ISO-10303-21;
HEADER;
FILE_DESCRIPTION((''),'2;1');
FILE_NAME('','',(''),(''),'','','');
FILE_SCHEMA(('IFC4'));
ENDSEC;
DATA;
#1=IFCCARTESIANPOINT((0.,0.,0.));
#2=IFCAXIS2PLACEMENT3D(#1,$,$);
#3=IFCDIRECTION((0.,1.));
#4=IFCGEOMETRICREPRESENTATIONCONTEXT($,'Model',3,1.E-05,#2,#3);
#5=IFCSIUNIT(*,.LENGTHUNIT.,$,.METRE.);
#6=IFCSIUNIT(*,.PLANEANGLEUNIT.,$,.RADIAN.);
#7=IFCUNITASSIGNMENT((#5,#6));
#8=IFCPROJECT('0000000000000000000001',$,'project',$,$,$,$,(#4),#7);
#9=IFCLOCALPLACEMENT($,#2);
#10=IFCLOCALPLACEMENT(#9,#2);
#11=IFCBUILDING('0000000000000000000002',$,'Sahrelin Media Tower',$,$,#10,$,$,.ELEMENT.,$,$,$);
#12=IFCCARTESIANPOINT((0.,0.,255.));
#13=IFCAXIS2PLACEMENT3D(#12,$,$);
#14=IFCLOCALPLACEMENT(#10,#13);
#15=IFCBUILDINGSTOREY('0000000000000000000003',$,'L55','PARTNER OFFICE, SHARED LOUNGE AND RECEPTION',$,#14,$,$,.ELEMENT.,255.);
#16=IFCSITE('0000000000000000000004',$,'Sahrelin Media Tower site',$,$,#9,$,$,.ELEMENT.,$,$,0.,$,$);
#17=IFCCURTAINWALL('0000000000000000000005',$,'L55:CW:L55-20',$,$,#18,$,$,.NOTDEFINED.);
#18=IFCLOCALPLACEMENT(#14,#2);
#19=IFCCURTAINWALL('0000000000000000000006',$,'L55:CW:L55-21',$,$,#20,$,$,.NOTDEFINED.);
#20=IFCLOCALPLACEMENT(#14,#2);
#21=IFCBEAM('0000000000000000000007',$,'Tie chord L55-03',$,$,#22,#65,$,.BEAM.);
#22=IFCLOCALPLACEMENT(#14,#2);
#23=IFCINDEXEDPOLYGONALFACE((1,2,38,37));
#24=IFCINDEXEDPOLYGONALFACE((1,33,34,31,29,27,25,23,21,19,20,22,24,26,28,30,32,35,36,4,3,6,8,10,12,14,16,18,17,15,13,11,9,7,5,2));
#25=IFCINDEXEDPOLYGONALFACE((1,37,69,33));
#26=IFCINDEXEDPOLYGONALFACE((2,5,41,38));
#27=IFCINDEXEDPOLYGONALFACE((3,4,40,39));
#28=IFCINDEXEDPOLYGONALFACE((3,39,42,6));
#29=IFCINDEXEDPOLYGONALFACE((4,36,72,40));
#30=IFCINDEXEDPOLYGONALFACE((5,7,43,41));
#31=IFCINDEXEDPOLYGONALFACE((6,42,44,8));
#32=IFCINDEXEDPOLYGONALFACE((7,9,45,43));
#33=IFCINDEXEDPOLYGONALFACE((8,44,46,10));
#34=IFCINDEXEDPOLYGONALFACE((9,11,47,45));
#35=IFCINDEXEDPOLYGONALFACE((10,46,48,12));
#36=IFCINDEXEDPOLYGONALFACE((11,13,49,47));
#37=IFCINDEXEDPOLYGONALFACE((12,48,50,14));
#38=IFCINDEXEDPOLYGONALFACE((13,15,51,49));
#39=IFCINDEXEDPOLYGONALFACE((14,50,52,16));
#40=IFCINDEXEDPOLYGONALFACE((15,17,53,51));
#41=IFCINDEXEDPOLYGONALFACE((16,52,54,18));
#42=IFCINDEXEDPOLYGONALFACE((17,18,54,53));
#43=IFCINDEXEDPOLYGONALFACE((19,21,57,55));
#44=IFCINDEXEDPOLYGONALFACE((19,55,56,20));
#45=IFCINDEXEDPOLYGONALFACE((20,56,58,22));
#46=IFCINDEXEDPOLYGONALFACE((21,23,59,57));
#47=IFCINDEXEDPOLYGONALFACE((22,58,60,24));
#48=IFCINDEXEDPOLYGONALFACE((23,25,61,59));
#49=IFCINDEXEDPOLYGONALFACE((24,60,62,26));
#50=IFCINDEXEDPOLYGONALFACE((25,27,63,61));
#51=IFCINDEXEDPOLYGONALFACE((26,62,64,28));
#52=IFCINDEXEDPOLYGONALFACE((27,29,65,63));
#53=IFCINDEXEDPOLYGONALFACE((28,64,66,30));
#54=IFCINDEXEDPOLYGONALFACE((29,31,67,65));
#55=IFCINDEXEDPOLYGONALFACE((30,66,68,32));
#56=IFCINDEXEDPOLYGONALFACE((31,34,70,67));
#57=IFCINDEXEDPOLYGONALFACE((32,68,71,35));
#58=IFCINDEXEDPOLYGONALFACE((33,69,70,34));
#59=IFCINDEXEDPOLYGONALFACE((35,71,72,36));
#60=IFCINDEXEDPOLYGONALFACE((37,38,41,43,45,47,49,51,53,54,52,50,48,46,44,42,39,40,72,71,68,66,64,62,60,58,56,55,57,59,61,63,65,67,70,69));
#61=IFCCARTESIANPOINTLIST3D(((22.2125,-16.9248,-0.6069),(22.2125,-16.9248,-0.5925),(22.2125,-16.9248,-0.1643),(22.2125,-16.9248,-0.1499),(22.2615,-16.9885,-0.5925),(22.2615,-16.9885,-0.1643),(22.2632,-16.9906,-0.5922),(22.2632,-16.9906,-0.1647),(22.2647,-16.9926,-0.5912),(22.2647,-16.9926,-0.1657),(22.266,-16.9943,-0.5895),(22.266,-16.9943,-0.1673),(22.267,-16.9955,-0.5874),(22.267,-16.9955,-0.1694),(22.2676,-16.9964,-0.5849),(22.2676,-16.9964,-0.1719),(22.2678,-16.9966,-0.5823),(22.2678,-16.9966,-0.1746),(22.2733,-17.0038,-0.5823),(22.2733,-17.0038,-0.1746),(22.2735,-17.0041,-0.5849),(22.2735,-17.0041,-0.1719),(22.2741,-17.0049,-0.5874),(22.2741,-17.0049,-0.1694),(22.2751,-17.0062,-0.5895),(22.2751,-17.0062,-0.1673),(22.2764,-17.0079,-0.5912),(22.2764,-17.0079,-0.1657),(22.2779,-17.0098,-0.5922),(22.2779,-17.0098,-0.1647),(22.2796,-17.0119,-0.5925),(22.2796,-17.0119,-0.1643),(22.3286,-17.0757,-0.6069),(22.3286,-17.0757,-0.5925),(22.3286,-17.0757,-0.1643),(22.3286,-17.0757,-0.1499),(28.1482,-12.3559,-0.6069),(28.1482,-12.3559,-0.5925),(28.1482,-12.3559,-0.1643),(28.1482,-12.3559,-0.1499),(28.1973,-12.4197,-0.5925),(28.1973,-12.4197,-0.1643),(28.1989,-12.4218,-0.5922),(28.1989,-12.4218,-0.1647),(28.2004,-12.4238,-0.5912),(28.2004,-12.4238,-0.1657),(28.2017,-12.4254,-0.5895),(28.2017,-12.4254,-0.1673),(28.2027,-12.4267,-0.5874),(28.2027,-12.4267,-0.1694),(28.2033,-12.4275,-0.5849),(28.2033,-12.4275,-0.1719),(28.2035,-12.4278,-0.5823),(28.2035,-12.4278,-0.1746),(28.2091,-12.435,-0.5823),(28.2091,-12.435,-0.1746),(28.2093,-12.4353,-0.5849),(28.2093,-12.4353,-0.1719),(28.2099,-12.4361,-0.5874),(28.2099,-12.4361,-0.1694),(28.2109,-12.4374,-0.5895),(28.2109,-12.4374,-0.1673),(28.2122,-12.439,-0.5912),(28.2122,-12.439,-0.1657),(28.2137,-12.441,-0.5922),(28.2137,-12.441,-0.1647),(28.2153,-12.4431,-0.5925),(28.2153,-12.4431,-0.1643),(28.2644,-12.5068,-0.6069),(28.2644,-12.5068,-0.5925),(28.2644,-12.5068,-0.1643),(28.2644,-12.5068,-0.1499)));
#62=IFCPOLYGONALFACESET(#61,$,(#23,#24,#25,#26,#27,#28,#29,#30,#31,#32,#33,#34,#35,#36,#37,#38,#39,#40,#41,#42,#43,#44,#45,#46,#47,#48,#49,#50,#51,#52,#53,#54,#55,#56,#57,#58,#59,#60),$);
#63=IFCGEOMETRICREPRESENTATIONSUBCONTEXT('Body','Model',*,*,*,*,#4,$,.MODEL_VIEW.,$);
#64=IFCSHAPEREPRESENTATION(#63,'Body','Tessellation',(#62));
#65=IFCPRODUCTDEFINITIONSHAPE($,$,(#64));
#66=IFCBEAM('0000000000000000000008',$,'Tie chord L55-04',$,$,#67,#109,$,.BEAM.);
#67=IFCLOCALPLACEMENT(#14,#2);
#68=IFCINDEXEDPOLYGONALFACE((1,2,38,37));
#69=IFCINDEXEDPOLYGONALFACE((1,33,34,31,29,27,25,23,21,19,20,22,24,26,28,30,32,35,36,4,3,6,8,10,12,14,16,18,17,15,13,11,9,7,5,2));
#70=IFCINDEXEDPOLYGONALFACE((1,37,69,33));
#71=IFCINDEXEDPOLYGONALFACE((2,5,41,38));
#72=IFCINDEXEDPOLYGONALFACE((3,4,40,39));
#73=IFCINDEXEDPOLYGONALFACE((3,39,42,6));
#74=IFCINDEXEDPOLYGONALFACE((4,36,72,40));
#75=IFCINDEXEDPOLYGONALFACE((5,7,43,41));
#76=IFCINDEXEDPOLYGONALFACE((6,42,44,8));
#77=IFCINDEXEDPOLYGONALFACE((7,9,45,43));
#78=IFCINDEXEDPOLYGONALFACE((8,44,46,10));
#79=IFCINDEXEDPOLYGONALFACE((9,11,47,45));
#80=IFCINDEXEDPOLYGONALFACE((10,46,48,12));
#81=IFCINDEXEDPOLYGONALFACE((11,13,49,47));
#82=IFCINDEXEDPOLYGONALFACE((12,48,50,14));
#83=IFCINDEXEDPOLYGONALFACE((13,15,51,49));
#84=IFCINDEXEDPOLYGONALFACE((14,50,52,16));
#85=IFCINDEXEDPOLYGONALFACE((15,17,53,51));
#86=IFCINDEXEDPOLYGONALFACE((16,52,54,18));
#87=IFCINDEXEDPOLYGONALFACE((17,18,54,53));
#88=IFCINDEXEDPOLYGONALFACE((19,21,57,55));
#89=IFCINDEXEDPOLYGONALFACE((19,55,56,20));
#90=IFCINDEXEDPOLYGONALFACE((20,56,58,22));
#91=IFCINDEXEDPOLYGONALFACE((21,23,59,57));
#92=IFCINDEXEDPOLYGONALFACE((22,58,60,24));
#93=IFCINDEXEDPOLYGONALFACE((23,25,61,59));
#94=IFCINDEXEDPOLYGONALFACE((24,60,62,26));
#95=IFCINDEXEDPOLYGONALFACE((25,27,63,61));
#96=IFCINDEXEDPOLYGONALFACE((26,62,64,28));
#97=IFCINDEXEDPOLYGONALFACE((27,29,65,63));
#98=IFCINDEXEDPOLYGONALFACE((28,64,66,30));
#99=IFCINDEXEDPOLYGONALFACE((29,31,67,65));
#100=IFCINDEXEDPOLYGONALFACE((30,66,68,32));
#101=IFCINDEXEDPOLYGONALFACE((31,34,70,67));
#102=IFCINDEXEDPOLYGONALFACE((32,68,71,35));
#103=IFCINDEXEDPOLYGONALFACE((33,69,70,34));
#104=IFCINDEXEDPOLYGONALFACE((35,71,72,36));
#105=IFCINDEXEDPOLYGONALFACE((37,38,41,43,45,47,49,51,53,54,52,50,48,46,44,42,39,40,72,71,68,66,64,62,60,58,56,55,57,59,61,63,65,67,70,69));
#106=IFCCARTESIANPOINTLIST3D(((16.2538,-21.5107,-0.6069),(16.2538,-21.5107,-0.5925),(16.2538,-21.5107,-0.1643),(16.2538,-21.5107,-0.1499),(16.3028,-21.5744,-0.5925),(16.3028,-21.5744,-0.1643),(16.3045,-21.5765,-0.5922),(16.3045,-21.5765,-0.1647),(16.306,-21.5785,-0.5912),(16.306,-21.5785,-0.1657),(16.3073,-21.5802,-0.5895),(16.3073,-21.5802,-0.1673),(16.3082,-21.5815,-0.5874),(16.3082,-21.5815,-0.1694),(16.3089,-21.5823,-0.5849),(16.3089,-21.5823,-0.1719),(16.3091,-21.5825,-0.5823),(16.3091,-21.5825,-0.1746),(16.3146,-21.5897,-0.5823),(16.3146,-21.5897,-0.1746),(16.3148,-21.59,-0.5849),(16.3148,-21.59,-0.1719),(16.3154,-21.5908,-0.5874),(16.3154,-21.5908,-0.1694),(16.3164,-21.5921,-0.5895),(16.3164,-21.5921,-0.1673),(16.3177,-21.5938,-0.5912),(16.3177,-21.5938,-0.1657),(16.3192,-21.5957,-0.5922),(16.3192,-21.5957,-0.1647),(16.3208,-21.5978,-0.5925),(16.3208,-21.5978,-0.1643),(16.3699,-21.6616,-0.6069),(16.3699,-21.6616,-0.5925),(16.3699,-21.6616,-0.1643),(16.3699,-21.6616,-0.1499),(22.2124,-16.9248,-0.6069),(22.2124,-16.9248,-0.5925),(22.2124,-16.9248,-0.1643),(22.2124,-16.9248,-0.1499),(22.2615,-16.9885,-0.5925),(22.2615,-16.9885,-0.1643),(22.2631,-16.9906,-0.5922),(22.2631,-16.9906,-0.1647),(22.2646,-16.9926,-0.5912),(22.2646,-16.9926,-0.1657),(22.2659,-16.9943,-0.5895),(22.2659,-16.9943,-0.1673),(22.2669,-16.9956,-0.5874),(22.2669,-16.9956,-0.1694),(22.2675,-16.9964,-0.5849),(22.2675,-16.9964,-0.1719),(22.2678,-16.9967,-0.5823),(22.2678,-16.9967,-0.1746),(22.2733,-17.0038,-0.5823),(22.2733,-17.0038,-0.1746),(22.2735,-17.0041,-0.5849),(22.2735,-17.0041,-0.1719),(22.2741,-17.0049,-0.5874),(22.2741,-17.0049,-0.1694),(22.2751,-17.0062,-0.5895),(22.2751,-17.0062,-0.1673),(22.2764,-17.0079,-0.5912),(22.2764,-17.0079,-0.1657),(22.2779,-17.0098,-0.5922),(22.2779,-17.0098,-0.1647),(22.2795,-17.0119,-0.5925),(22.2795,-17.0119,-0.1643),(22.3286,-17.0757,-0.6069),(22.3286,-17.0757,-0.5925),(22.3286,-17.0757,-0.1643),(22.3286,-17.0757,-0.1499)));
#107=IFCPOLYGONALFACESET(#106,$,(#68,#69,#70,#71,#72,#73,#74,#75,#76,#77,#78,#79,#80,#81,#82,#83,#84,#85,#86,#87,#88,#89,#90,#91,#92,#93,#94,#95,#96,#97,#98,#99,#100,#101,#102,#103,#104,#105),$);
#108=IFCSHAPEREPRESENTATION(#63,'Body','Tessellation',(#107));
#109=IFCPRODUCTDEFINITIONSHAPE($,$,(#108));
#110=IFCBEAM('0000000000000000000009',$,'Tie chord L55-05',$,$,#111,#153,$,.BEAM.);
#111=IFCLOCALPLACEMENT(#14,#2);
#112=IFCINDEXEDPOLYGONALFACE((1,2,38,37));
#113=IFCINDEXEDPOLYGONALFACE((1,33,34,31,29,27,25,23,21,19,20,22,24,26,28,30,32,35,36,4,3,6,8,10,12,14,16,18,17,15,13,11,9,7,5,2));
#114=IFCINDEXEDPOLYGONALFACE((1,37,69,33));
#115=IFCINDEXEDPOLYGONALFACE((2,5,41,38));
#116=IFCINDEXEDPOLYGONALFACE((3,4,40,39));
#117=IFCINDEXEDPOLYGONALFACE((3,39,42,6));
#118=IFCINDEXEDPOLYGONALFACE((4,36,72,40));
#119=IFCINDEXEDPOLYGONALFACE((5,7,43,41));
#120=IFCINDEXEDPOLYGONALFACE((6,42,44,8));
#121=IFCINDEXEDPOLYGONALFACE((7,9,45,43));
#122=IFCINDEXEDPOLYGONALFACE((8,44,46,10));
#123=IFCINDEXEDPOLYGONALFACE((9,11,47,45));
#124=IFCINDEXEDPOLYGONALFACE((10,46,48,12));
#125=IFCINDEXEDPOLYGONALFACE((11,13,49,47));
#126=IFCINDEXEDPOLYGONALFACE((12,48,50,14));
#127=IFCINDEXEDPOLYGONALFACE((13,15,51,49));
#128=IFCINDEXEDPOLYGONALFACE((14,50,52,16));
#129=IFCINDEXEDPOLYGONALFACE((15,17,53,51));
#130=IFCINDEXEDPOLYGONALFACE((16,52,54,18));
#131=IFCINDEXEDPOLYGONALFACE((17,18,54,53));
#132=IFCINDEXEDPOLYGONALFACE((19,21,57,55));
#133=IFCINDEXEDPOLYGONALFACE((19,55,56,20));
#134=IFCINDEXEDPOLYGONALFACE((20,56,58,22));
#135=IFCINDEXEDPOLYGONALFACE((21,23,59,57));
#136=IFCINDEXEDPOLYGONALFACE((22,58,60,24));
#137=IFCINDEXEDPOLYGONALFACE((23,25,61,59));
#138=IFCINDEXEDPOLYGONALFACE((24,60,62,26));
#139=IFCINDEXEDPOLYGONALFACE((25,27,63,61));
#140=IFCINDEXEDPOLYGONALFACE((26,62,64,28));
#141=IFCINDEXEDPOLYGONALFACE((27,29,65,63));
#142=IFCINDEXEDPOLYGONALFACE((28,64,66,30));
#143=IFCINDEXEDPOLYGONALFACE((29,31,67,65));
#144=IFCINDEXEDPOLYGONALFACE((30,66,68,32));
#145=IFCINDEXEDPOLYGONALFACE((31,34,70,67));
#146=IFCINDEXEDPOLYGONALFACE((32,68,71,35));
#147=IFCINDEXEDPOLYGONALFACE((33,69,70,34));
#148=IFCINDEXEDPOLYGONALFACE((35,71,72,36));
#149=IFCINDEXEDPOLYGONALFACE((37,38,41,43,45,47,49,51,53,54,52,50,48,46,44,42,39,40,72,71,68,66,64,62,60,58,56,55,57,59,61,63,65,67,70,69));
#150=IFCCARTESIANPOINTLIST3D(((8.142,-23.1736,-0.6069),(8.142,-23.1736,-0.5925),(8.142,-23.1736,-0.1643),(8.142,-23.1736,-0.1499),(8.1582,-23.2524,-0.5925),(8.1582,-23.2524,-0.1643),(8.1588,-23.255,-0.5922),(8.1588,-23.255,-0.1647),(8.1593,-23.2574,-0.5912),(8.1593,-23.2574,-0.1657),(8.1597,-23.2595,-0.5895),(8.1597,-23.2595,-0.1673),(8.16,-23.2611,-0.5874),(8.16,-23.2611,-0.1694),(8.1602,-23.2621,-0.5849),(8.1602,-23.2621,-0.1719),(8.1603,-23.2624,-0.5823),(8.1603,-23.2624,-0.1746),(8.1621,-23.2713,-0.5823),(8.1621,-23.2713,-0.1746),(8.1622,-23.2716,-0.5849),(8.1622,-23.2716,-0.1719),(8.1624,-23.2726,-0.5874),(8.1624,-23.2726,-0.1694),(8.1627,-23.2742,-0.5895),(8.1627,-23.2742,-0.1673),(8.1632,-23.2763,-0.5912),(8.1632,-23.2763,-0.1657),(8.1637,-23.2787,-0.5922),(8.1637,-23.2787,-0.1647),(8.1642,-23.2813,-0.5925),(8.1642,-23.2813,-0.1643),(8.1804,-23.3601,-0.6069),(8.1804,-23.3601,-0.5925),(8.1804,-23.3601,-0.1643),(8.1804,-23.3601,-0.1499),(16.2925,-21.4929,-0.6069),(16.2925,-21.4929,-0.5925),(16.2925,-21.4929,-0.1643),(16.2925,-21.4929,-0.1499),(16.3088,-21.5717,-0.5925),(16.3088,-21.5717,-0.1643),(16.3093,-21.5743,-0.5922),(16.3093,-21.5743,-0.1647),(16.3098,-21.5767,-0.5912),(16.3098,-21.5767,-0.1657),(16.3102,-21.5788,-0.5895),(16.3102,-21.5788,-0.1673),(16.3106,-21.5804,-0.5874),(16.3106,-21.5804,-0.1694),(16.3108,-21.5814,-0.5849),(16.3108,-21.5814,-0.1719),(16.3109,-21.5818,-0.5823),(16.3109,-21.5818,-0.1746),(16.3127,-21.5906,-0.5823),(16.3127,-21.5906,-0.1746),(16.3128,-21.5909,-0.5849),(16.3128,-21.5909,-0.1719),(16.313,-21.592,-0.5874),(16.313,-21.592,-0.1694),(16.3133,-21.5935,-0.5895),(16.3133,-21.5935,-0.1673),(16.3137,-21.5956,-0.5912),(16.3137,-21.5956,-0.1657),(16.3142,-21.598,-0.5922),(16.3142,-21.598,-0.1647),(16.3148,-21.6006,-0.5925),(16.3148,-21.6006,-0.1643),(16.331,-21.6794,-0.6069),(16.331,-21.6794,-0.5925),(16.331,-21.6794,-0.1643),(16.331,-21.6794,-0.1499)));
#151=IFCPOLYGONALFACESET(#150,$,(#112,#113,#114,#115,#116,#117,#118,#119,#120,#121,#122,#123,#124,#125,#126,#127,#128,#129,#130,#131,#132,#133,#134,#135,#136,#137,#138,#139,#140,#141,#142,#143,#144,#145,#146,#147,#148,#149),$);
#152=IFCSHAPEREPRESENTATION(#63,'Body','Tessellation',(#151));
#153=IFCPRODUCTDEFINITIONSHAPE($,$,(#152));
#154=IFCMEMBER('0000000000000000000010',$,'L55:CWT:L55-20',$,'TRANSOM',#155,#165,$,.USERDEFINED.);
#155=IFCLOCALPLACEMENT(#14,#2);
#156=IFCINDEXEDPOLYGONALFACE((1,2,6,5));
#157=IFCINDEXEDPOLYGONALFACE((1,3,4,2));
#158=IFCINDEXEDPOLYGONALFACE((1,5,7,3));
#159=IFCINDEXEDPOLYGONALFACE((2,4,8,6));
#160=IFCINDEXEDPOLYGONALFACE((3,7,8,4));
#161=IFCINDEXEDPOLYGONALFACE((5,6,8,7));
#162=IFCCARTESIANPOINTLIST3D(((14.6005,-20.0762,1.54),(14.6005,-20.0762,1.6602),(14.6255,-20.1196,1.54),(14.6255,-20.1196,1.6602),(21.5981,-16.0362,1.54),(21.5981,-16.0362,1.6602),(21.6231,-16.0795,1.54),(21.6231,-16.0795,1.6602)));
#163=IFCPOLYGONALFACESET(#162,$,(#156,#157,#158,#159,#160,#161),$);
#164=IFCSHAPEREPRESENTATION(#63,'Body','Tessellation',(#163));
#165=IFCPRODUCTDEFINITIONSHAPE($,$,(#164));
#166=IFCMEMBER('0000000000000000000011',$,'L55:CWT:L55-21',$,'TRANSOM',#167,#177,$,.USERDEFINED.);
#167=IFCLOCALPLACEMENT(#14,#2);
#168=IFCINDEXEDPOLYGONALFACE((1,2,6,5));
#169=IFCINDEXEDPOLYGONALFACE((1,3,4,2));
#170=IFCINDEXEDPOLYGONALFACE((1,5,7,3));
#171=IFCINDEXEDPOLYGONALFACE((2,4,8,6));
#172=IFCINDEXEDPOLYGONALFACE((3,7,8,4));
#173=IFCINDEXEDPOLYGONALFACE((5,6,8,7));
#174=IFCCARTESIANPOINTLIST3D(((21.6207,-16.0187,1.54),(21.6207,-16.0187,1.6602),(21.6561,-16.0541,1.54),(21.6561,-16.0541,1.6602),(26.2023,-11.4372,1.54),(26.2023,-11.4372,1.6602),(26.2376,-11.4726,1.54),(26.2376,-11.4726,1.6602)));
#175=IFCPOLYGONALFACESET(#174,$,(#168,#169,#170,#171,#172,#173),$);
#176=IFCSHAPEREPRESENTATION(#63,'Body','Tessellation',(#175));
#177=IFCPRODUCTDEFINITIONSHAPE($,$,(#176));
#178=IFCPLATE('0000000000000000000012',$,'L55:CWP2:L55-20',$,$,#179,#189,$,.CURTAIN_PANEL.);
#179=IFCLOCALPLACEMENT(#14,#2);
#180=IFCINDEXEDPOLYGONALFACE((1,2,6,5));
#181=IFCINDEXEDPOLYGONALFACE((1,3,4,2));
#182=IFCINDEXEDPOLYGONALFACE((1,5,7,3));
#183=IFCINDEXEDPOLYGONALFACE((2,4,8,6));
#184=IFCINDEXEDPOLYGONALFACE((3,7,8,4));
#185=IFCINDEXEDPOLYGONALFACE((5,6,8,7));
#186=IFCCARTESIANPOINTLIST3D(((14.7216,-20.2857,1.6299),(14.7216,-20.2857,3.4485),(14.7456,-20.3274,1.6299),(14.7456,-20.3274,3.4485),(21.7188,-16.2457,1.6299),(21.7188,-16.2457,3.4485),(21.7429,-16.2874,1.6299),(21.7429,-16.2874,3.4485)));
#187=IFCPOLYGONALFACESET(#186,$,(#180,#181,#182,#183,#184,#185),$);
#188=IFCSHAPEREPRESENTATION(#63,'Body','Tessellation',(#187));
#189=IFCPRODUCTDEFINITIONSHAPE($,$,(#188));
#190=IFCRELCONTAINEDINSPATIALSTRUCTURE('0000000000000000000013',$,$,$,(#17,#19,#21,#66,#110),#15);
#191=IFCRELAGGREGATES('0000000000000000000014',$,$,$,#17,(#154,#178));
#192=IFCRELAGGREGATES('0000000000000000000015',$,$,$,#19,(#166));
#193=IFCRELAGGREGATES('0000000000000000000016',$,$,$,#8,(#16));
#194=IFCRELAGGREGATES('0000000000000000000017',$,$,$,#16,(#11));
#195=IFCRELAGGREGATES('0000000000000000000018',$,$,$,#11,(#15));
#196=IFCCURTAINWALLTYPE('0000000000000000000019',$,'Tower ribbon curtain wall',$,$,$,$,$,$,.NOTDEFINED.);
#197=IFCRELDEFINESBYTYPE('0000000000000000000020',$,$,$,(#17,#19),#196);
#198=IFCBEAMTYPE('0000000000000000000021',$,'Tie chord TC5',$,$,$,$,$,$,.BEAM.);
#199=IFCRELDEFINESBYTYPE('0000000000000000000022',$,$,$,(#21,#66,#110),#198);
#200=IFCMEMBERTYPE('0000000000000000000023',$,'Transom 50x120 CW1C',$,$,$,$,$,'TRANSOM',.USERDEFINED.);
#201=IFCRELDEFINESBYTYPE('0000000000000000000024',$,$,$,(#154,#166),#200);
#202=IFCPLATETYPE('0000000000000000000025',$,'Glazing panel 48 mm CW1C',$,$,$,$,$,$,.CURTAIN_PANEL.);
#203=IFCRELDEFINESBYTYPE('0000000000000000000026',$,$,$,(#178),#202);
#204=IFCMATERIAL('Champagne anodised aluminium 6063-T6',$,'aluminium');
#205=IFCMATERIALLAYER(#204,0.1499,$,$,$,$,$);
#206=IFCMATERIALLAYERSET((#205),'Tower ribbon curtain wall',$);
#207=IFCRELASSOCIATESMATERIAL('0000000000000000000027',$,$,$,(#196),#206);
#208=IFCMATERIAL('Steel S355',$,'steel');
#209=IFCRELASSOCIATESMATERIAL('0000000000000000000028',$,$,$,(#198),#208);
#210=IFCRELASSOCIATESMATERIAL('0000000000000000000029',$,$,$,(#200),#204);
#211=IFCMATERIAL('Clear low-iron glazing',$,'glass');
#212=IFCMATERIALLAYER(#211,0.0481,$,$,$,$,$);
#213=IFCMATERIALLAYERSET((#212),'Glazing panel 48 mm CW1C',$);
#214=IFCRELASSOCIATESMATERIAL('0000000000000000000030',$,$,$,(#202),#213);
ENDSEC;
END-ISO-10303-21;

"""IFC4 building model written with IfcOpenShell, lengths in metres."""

from ifc_helpers import new_model, si_unit, direction, frame, origin, origin_2d, place, context, subcontext, project, spatial, polyline, rectangle, i_section, outline, extrude, material, layer, layer_set, material_profile, profile_set, type_object, element, aggregate, save


model = new_model("IFC4")

# Units and contexts
model_context = context("Model", 3, precision=1e-05, world=origin(), true_north=direction((0.0, 1.0)))
body_context = subcontext(model_context, "Body", "Model", "MODEL_VIEW")
ifc_project = project(units=[si_unit("LENGTHUNIT", "METRE"), si_unit("PLANEANGLEUNIT", "RADIAN")], contexts=[model_context])

# Site, building, storey
site_placement = place(None, origin())
site = spatial("IfcSite", under=ifc_project, at=site_placement, Name="Sahrelin Media Tower site", CompositionType="ELEMENT", RefElevation=0.0)
building_placement = place(site_placement, origin())
building = spatial("IfcBuilding", under=site, at=building_placement, Name="Sahrelin Media Tower", CompositionType="ELEMENT")
storey_placement = place(building_placement, frame((0.0, 0.0, 255.0)))
storey = spatial("IfcBuildingStorey", under=building, at=storey_placement, Name="L55", Description="PARTNER OFFICE, SHARED LOUNGE AND RECEPTION", CompositionType="ELEMENT", Elevation=255.0)

# Shared definitions
ifc_material_1 = material(Name="Steel S355", Category="steel")

# Curtain walls
ifc_material_2 = material(Name="Champagne anodised aluminium 6063-T6", Category="aluminium")
ifc_layer_1 = layer(ifc_material_2, 0.1499)
ifc_layer_set_1 = layer_set([ifc_layer_1], Name="Tower ribbon curtain wall")
curtain_wall_type = type_object("IfcCurtainWallType", Name="Tower ribbon curtain wall", PredefinedType="NOTDEFINED", material=ifc_layer_set_1)
curtain_wall_1_placement = place(storey_placement, frame((18.2344, -18.29, 0.0), z_axis=(0.0, 0.0, 1.0), x_axis=(1.0, 0.0, 0.0)))
curtain_wall_1 = element("IfcCurtainWall", 1, at=curtain_wall_1_placement, inside=storey, type_object=curtain_wall_type, Name="L55:CW:L55-20", PredefinedType="NOTDEFINED")
curtain_wall_2_placement = place(storey_placement, frame((24.1023, -13.9189, 0.0), z_axis=(0.0, 0.0, 1.0), x_axis=(1.0, 0.0, 0.0)))
curtain_wall_2 = element("IfcCurtainWall", 2, at=curtain_wall_2_placement, inside=storey, type_object=curtain_wall_type, Name="L55:CW:L55-21", PredefinedType="NOTDEFINED")

# Beams
ifc_material_profile_1 = material_profile(ifc_material_1, i_section(OverallWidth=0.1904, OverallDepth=0.457, WebThickness=0.009, FlangeThickness=0.0144, FilletRadius=0.0103, at=origin_2d()), Name="UB 457x191x74")
ifc_profile_set_1 = profile_set([ifc_material_profile_1], Name="Steel S355")
beam_type_1 = type_object("IfcBeamType", Name="Tie chord TC5", PredefinedType="BEAM", material=ifc_profile_set_1)
beam_1_placement = place(storey_placement, frame((28.2063, -12.4314, -0.3784), z_axis=(-0.79244, -0.60995, 0.0), x_axis=(0.60995, -0.79244, 0.0)))
element("IfcBeam", 3, at=beam_1_placement, inside=storey, type_object=beam_type_1, Name="Tie chord L55-03", PredefinedType="BEAM", context=body_context, shape_type="SweptSolid", body=[
    extrude(i_section(OverallWidth=0.1904, OverallDepth=0.457, WebThickness=0.009, FlangeThickness=0.0144, FilletRadius=0.0103, at=origin_2d()), origin(), (0.0, 0.0, 1.0), 7.4905),
])
beam_2_placement = place(storey_placement, frame((22.2705, -17.0002, -0.3784), z_axis=(-0.792477, -0.609902, 0.0), x_axis=(0.609902, -0.792477, 0.0)))
element("IfcBeam", 4, at=beam_2_placement, inside=storey, type_object=beam_type_1, Name="Tie chord L55-04", PredefinedType="BEAM", context=body_context, shape_type="SweptSolid", body=[
    extrude(i_section(OverallWidth=0.1904, OverallDepth=0.457, WebThickness=0.009, FlangeThickness=0.0144, FilletRadius=0.0103, at=origin_2d()), origin(), (0.0, 0.0, 1.0), 7.519),
])
beam_3_placement = place(storey_placement, frame((16.3118, -21.5862, -0.3784), z_axis=(-0.979395, -0.201952, 0.0), x_axis=(0.201952, -0.979395, 0.0)))
element("IfcBeam", 5, at=beam_3_placement, inside=storey, type_object=beam_type_1, Name="Tie chord L55-05", PredefinedType="BEAM", context=body_context, shape_type="SweptSolid", body=[
    extrude(i_section(OverallWidth=0.1904, OverallDepth=0.457, WebThickness=0.009, FlangeThickness=0.0144, FilletRadius=0.0103, at=origin_2d()), origin(), (0.0, 0.0, 1.0), 8.322),
])

# Members
ifc_material_profile_2 = material_profile(ifc_material_2, rectangle(XDim=0.05, YDim=0.1201, at=origin_2d()), Name="Transom 50x120")
ifc_profile_set_2 = profile_set([ifc_material_profile_2], Name="Champagne anodised aluminium 6063-T6")
member_type_1 = type_object("IfcMemberType", Name="Transom 50x120 CW1C", ElementType="TRANSOM", PredefinedType="USERDEFINED", material=ifc_profile_set_2)
member_1_placement = place(storey_placement, frame((14.613, -20.0979, 1.6001), z_axis=(0.866026, 0.5, 0.0), x_axis=(-0.5, 0.866026, 0.0)))
member_1 = element("IfcMember", 6, at=member_1_placement, type_object=member_type_1, Name="L55:CWT:L55-20", ObjectType="TRANSOM", PredefinedType="USERDEFINED", context=body_context, shape_type="SweptSolid", body=[
    extrude(rectangle(XDim=0.05, YDim=0.1201, at=origin_2d()), origin(), (0.0, 0.0, 1.0), 8.0801),
])
member_2_placement = place(storey_placement, frame((21.6384, -16.0364, 1.6001), z_axis=(0.707107, 0.707107, 0.0), x_axis=(-0.707107, 0.707107, 0.0)))
member_2 = element("IfcMember", 7, at=member_2_placement, type_object=member_type_1, Name="L55:CWT:L55-21", ObjectType="TRANSOM", PredefinedType="USERDEFINED", context=body_context, shape_type="SweptSolid", body=[
    extrude(rectangle(XDim=0.05, YDim=0.1201, at=origin_2d()), origin(), (0.0, 0.0, 1.0), 6.4792),
])

# Plate
ifc_material_3 = material(Name="Clear low-iron glazing", Category="glass")
ifc_layer_2 = layer(ifc_material_3, 0.0481)
ifc_layer_set_2 = layer_set([ifc_layer_2], Name="Glazing panel 48 mm CW1C")
plate_type_1 = type_object("IfcPlateType", Name="Glazing panel 48 mm CW1C", PredefinedType="CURTAIN_PANEL", material=ifc_layer_set_2)
plate_1_placement = place(storey_placement, frame((14.7456, -20.3274, 1.6299), z_axis=(0.500013, -0.866018, 0.0), x_axis=(0.866018, 0.500013, 0.0)))
plate_1 = element("IfcPlate", 8, at=plate_1_placement, type_object=plate_type_1, Name="L55:CWP2:L55-20", PredefinedType="CURTAIN_PANEL", context=body_context, shape_type="SweptSolid", body=[
    extrude(outline(polyline([(0.0, 0.0), (8.0798, 0.0), (8.0798, 1.8186), (0.0, 1.8186), (0.0, 0.0)])), origin(), (0.0, 0.0, -1.0), 0.0481),
])

aggregate(curtain_wall_1, [member_1, plate_1])
aggregate(curtain_wall_2, [member_2])

save(model, "model.ifc")
